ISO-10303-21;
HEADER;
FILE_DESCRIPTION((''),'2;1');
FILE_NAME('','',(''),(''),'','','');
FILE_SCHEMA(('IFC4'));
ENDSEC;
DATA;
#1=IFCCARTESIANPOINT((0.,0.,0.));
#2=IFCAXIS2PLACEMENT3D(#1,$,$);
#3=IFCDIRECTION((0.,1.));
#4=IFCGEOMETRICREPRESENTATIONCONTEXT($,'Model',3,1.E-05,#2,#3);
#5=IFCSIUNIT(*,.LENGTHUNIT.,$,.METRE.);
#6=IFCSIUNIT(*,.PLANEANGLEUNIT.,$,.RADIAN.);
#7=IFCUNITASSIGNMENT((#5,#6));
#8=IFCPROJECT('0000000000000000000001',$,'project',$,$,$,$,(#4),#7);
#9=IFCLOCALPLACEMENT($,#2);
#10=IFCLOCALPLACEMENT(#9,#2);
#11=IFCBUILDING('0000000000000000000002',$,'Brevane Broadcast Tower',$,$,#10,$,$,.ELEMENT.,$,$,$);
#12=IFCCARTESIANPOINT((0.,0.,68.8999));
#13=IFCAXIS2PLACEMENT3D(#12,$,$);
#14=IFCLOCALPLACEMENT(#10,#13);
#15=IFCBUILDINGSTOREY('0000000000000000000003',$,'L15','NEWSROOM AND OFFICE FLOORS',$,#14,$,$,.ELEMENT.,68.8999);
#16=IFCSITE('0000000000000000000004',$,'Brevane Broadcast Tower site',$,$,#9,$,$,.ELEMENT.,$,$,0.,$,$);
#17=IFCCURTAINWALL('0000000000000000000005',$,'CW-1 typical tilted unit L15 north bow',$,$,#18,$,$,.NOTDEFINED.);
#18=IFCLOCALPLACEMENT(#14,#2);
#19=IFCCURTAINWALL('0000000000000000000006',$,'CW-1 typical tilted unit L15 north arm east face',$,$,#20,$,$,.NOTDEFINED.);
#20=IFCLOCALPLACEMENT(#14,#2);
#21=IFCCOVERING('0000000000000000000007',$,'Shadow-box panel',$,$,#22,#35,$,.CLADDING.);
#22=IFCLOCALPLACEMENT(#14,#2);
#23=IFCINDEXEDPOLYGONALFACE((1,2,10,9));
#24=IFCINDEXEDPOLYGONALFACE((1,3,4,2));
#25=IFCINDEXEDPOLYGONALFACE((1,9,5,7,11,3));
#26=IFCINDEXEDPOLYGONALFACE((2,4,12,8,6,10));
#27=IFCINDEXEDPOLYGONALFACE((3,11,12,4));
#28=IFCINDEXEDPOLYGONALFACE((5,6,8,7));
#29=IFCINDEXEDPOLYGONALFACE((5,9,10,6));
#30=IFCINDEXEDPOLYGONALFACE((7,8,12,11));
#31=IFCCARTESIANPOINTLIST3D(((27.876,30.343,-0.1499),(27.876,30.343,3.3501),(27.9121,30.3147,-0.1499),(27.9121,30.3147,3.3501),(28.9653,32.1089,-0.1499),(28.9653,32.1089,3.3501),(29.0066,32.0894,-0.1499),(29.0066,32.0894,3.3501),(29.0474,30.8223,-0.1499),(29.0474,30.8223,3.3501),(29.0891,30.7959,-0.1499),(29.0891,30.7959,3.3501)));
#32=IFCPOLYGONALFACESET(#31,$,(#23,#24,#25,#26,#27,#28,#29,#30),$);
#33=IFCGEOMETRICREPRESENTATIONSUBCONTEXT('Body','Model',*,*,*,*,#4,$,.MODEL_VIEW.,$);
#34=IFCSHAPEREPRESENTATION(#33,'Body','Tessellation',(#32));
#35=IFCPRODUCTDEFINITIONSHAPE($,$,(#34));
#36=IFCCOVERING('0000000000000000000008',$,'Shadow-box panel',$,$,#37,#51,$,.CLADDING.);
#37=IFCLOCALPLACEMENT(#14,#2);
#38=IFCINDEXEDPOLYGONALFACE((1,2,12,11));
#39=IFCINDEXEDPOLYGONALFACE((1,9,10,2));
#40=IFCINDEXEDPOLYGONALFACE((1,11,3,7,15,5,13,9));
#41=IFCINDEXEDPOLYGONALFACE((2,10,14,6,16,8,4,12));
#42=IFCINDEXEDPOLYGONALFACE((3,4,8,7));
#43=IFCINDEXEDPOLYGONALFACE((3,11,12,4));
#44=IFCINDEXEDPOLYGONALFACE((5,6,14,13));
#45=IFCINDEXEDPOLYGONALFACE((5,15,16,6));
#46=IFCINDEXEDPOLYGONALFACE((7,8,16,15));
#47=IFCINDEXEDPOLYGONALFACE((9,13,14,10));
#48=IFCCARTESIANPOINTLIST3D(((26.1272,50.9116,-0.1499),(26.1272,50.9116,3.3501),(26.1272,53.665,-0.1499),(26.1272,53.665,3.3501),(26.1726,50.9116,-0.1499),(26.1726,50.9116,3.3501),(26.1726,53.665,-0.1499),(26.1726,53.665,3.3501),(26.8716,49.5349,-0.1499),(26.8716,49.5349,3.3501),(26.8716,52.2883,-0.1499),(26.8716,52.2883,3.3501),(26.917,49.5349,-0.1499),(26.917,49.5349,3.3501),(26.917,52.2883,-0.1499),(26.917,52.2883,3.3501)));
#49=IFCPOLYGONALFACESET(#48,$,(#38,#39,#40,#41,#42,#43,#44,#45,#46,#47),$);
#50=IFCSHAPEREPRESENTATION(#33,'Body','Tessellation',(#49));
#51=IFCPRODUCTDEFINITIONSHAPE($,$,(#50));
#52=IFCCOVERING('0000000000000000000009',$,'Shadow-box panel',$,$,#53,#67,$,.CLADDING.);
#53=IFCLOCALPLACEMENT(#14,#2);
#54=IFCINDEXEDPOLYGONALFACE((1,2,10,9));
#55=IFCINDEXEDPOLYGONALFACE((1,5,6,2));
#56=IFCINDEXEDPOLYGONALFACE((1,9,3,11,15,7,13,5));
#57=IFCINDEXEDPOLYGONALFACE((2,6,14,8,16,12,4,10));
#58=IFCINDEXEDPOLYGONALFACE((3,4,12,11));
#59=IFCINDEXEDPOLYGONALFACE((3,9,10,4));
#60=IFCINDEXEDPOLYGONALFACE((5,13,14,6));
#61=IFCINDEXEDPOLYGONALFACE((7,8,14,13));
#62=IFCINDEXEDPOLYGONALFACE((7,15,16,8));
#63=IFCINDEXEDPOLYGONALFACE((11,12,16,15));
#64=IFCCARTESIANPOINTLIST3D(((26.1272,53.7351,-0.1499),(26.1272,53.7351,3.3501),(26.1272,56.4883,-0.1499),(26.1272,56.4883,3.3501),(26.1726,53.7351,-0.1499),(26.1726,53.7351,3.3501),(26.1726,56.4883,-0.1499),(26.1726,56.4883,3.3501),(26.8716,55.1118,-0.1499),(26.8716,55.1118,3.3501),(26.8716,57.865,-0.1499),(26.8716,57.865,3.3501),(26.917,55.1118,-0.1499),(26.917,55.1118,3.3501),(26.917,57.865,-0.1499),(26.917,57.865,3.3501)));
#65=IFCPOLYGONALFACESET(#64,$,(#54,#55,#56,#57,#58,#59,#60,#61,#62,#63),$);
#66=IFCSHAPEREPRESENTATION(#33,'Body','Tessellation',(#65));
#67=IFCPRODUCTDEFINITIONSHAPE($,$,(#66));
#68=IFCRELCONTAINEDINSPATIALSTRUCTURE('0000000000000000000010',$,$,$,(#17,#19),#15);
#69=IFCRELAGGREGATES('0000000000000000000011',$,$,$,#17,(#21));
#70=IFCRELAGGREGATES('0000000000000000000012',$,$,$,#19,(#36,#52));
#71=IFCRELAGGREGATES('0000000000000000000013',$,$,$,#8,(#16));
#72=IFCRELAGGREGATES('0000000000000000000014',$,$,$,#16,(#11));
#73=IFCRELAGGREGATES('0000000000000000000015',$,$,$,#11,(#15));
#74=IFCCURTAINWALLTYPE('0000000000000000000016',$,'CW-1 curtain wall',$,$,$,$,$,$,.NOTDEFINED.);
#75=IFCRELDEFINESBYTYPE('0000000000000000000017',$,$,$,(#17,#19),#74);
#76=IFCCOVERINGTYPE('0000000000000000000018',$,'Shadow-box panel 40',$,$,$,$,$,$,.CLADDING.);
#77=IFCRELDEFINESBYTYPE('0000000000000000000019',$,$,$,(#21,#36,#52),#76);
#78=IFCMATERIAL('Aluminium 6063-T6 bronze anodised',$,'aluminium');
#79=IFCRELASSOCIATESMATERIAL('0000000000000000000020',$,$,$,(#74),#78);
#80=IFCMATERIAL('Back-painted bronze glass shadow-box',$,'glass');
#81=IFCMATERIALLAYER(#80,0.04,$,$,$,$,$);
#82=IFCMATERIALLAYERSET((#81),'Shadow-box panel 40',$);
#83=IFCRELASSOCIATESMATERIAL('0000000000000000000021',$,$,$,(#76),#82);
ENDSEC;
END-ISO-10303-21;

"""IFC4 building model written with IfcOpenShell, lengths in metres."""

from ifc_helpers import new_model, si_unit, direction, frame, origin, place, context, subcontext, project, spatial, polyline, outline, extrude, material, layer, layer_set, type_object, element, aggregate, save


model = new_model("IFC4")

# Units and contexts
model_context = context("Model", 3, precision=1e-05, world=origin(), true_north=direction((0.0, 1.0)))
body_context = subcontext(model_context, "Body", "Model", "MODEL_VIEW")
ifc_project = project(units=[si_unit("LENGTHUNIT", "METRE"), si_unit("PLANEANGLEUNIT", "RADIAN")], contexts=[model_context])

# Site, building, storey
site_placement = place(None, origin())
site = spatial("IfcSite", under=ifc_project, at=site_placement, Name="Brevane Broadcast Tower site", CompositionType="ELEMENT", RefElevation=0.0)
building_placement = place(site_placement, origin())
building = spatial("IfcBuilding", under=site, at=building_placement, Name="Brevane Broadcast Tower", CompositionType="ELEMENT")
storey_placement = place(building_placement, frame((0.0, 0.0, 68.8999)))
storey = spatial("IfcBuildingStorey", under=building, at=storey_placement, Name="L15", Description="NEWSROOM AND OFFICE FLOORS", CompositionType="ELEMENT", Elevation=68.8999)

# Shared definitions
ifc_material_1 = material(Name="Aluminium 6063-T6 bronze anodised", Category="aluminium")
curtain_wall_type = type_object("IfcCurtainWallType", Name="CW-1 curtain wall", PredefinedType="NOTDEFINED", material=ifc_material_1)

# Curtain walls
curtain_wall_1_placement = place(storey_placement, origin())
curtain_wall_1 = element("IfcCurtainWall", 1, at=curtain_wall_1_placement, inside=storey, type_object=curtain_wall_type, Name="CW-1 typical tilted unit L15 north bow", PredefinedType="NOTDEFINED")
curtain_wall_2_placement = place(storey_placement, origin())
curtain_wall_2 = element("IfcCurtainWall", 2, at=curtain_wall_2_placement, inside=storey, type_object=curtain_wall_type, Name="CW-1 typical tilted unit L15 north arm east face", PredefinedType="NOTDEFINED")

# Coverings
ifc_material_2 = material(Name="Back-painted bronze glass shadow-box", Category="glass")
ifc_layer_1 = layer(ifc_material_2, 0.04)
ifc_layer_set_1 = layer_set([ifc_layer_1], Name="Shadow-box panel 40")
covering_type = type_object("IfcCoveringType", Name="Shadow-box panel 40", PredefinedType="CLADDING", material=ifc_layer_set_1)
covering_1_placement = place(storey_placement, frame((0.0, 0.0, -0.1499)))
covering_1 = element("IfcCovering", 3, at=covering_1_placement, type_object=covering_type, Name="Shadow-box panel", PredefinedType="CLADDING", context=body_context, shape_type="SweptSolid", body=[
    extrude(outline(polyline([(27.876, 30.343), (27.9121, 30.3147), (29.0891, 30.7959), (29.0066, 32.0894), (28.9653, 32.1089), (29.0474, 30.8223), (27.876, 30.343)])), origin(), (0.0, 0.0, 1.0), 3.5),
])
aggregate(curtain_wall_1, [covering_1])
covering_2_placement = place(storey_placement, frame((0.0, 0.0, -0.1499)))
covering_2 = element("IfcCovering", 4, at=covering_2_placement, type_object=covering_type, Name="Shadow-box panel", PredefinedType="CLADDING", context=body_context, shape_type="SweptSolid", body=[
    extrude(outline(polyline([(26.8716, 49.5349), (26.917, 49.5349), (26.1726, 50.9116), (26.917, 52.2883), (26.1726, 53.665), (26.1272, 53.665), (26.8716, 52.2883), (26.1272, 50.9116), (26.8716, 49.5349)])), origin(), (0.0, 0.0, 1.0), 3.5),
])
covering_3_placement = place(storey_placement, frame((0.0, 0.0, -0.1499)))
covering_3 = element("IfcCovering", 5, at=covering_3_placement, type_object=covering_type, Name="Shadow-box panel", PredefinedType="CLADDING", context=body_context, shape_type="SweptSolid", body=[
    extrude(outline(polyline([(26.1272, 53.7351), (26.1726, 53.7351), (26.917, 55.1118), (26.1726, 56.4883), (26.917, 57.865), (26.8716, 57.865), (26.1272, 56.4883), (26.8716, 55.1118), (26.1272, 53.7351)])), origin(), (0.0, 0.0, 1.0), 3.5),
])
aggregate(curtain_wall_2, [covering_2, covering_3])

save(model, "model.ifc")
